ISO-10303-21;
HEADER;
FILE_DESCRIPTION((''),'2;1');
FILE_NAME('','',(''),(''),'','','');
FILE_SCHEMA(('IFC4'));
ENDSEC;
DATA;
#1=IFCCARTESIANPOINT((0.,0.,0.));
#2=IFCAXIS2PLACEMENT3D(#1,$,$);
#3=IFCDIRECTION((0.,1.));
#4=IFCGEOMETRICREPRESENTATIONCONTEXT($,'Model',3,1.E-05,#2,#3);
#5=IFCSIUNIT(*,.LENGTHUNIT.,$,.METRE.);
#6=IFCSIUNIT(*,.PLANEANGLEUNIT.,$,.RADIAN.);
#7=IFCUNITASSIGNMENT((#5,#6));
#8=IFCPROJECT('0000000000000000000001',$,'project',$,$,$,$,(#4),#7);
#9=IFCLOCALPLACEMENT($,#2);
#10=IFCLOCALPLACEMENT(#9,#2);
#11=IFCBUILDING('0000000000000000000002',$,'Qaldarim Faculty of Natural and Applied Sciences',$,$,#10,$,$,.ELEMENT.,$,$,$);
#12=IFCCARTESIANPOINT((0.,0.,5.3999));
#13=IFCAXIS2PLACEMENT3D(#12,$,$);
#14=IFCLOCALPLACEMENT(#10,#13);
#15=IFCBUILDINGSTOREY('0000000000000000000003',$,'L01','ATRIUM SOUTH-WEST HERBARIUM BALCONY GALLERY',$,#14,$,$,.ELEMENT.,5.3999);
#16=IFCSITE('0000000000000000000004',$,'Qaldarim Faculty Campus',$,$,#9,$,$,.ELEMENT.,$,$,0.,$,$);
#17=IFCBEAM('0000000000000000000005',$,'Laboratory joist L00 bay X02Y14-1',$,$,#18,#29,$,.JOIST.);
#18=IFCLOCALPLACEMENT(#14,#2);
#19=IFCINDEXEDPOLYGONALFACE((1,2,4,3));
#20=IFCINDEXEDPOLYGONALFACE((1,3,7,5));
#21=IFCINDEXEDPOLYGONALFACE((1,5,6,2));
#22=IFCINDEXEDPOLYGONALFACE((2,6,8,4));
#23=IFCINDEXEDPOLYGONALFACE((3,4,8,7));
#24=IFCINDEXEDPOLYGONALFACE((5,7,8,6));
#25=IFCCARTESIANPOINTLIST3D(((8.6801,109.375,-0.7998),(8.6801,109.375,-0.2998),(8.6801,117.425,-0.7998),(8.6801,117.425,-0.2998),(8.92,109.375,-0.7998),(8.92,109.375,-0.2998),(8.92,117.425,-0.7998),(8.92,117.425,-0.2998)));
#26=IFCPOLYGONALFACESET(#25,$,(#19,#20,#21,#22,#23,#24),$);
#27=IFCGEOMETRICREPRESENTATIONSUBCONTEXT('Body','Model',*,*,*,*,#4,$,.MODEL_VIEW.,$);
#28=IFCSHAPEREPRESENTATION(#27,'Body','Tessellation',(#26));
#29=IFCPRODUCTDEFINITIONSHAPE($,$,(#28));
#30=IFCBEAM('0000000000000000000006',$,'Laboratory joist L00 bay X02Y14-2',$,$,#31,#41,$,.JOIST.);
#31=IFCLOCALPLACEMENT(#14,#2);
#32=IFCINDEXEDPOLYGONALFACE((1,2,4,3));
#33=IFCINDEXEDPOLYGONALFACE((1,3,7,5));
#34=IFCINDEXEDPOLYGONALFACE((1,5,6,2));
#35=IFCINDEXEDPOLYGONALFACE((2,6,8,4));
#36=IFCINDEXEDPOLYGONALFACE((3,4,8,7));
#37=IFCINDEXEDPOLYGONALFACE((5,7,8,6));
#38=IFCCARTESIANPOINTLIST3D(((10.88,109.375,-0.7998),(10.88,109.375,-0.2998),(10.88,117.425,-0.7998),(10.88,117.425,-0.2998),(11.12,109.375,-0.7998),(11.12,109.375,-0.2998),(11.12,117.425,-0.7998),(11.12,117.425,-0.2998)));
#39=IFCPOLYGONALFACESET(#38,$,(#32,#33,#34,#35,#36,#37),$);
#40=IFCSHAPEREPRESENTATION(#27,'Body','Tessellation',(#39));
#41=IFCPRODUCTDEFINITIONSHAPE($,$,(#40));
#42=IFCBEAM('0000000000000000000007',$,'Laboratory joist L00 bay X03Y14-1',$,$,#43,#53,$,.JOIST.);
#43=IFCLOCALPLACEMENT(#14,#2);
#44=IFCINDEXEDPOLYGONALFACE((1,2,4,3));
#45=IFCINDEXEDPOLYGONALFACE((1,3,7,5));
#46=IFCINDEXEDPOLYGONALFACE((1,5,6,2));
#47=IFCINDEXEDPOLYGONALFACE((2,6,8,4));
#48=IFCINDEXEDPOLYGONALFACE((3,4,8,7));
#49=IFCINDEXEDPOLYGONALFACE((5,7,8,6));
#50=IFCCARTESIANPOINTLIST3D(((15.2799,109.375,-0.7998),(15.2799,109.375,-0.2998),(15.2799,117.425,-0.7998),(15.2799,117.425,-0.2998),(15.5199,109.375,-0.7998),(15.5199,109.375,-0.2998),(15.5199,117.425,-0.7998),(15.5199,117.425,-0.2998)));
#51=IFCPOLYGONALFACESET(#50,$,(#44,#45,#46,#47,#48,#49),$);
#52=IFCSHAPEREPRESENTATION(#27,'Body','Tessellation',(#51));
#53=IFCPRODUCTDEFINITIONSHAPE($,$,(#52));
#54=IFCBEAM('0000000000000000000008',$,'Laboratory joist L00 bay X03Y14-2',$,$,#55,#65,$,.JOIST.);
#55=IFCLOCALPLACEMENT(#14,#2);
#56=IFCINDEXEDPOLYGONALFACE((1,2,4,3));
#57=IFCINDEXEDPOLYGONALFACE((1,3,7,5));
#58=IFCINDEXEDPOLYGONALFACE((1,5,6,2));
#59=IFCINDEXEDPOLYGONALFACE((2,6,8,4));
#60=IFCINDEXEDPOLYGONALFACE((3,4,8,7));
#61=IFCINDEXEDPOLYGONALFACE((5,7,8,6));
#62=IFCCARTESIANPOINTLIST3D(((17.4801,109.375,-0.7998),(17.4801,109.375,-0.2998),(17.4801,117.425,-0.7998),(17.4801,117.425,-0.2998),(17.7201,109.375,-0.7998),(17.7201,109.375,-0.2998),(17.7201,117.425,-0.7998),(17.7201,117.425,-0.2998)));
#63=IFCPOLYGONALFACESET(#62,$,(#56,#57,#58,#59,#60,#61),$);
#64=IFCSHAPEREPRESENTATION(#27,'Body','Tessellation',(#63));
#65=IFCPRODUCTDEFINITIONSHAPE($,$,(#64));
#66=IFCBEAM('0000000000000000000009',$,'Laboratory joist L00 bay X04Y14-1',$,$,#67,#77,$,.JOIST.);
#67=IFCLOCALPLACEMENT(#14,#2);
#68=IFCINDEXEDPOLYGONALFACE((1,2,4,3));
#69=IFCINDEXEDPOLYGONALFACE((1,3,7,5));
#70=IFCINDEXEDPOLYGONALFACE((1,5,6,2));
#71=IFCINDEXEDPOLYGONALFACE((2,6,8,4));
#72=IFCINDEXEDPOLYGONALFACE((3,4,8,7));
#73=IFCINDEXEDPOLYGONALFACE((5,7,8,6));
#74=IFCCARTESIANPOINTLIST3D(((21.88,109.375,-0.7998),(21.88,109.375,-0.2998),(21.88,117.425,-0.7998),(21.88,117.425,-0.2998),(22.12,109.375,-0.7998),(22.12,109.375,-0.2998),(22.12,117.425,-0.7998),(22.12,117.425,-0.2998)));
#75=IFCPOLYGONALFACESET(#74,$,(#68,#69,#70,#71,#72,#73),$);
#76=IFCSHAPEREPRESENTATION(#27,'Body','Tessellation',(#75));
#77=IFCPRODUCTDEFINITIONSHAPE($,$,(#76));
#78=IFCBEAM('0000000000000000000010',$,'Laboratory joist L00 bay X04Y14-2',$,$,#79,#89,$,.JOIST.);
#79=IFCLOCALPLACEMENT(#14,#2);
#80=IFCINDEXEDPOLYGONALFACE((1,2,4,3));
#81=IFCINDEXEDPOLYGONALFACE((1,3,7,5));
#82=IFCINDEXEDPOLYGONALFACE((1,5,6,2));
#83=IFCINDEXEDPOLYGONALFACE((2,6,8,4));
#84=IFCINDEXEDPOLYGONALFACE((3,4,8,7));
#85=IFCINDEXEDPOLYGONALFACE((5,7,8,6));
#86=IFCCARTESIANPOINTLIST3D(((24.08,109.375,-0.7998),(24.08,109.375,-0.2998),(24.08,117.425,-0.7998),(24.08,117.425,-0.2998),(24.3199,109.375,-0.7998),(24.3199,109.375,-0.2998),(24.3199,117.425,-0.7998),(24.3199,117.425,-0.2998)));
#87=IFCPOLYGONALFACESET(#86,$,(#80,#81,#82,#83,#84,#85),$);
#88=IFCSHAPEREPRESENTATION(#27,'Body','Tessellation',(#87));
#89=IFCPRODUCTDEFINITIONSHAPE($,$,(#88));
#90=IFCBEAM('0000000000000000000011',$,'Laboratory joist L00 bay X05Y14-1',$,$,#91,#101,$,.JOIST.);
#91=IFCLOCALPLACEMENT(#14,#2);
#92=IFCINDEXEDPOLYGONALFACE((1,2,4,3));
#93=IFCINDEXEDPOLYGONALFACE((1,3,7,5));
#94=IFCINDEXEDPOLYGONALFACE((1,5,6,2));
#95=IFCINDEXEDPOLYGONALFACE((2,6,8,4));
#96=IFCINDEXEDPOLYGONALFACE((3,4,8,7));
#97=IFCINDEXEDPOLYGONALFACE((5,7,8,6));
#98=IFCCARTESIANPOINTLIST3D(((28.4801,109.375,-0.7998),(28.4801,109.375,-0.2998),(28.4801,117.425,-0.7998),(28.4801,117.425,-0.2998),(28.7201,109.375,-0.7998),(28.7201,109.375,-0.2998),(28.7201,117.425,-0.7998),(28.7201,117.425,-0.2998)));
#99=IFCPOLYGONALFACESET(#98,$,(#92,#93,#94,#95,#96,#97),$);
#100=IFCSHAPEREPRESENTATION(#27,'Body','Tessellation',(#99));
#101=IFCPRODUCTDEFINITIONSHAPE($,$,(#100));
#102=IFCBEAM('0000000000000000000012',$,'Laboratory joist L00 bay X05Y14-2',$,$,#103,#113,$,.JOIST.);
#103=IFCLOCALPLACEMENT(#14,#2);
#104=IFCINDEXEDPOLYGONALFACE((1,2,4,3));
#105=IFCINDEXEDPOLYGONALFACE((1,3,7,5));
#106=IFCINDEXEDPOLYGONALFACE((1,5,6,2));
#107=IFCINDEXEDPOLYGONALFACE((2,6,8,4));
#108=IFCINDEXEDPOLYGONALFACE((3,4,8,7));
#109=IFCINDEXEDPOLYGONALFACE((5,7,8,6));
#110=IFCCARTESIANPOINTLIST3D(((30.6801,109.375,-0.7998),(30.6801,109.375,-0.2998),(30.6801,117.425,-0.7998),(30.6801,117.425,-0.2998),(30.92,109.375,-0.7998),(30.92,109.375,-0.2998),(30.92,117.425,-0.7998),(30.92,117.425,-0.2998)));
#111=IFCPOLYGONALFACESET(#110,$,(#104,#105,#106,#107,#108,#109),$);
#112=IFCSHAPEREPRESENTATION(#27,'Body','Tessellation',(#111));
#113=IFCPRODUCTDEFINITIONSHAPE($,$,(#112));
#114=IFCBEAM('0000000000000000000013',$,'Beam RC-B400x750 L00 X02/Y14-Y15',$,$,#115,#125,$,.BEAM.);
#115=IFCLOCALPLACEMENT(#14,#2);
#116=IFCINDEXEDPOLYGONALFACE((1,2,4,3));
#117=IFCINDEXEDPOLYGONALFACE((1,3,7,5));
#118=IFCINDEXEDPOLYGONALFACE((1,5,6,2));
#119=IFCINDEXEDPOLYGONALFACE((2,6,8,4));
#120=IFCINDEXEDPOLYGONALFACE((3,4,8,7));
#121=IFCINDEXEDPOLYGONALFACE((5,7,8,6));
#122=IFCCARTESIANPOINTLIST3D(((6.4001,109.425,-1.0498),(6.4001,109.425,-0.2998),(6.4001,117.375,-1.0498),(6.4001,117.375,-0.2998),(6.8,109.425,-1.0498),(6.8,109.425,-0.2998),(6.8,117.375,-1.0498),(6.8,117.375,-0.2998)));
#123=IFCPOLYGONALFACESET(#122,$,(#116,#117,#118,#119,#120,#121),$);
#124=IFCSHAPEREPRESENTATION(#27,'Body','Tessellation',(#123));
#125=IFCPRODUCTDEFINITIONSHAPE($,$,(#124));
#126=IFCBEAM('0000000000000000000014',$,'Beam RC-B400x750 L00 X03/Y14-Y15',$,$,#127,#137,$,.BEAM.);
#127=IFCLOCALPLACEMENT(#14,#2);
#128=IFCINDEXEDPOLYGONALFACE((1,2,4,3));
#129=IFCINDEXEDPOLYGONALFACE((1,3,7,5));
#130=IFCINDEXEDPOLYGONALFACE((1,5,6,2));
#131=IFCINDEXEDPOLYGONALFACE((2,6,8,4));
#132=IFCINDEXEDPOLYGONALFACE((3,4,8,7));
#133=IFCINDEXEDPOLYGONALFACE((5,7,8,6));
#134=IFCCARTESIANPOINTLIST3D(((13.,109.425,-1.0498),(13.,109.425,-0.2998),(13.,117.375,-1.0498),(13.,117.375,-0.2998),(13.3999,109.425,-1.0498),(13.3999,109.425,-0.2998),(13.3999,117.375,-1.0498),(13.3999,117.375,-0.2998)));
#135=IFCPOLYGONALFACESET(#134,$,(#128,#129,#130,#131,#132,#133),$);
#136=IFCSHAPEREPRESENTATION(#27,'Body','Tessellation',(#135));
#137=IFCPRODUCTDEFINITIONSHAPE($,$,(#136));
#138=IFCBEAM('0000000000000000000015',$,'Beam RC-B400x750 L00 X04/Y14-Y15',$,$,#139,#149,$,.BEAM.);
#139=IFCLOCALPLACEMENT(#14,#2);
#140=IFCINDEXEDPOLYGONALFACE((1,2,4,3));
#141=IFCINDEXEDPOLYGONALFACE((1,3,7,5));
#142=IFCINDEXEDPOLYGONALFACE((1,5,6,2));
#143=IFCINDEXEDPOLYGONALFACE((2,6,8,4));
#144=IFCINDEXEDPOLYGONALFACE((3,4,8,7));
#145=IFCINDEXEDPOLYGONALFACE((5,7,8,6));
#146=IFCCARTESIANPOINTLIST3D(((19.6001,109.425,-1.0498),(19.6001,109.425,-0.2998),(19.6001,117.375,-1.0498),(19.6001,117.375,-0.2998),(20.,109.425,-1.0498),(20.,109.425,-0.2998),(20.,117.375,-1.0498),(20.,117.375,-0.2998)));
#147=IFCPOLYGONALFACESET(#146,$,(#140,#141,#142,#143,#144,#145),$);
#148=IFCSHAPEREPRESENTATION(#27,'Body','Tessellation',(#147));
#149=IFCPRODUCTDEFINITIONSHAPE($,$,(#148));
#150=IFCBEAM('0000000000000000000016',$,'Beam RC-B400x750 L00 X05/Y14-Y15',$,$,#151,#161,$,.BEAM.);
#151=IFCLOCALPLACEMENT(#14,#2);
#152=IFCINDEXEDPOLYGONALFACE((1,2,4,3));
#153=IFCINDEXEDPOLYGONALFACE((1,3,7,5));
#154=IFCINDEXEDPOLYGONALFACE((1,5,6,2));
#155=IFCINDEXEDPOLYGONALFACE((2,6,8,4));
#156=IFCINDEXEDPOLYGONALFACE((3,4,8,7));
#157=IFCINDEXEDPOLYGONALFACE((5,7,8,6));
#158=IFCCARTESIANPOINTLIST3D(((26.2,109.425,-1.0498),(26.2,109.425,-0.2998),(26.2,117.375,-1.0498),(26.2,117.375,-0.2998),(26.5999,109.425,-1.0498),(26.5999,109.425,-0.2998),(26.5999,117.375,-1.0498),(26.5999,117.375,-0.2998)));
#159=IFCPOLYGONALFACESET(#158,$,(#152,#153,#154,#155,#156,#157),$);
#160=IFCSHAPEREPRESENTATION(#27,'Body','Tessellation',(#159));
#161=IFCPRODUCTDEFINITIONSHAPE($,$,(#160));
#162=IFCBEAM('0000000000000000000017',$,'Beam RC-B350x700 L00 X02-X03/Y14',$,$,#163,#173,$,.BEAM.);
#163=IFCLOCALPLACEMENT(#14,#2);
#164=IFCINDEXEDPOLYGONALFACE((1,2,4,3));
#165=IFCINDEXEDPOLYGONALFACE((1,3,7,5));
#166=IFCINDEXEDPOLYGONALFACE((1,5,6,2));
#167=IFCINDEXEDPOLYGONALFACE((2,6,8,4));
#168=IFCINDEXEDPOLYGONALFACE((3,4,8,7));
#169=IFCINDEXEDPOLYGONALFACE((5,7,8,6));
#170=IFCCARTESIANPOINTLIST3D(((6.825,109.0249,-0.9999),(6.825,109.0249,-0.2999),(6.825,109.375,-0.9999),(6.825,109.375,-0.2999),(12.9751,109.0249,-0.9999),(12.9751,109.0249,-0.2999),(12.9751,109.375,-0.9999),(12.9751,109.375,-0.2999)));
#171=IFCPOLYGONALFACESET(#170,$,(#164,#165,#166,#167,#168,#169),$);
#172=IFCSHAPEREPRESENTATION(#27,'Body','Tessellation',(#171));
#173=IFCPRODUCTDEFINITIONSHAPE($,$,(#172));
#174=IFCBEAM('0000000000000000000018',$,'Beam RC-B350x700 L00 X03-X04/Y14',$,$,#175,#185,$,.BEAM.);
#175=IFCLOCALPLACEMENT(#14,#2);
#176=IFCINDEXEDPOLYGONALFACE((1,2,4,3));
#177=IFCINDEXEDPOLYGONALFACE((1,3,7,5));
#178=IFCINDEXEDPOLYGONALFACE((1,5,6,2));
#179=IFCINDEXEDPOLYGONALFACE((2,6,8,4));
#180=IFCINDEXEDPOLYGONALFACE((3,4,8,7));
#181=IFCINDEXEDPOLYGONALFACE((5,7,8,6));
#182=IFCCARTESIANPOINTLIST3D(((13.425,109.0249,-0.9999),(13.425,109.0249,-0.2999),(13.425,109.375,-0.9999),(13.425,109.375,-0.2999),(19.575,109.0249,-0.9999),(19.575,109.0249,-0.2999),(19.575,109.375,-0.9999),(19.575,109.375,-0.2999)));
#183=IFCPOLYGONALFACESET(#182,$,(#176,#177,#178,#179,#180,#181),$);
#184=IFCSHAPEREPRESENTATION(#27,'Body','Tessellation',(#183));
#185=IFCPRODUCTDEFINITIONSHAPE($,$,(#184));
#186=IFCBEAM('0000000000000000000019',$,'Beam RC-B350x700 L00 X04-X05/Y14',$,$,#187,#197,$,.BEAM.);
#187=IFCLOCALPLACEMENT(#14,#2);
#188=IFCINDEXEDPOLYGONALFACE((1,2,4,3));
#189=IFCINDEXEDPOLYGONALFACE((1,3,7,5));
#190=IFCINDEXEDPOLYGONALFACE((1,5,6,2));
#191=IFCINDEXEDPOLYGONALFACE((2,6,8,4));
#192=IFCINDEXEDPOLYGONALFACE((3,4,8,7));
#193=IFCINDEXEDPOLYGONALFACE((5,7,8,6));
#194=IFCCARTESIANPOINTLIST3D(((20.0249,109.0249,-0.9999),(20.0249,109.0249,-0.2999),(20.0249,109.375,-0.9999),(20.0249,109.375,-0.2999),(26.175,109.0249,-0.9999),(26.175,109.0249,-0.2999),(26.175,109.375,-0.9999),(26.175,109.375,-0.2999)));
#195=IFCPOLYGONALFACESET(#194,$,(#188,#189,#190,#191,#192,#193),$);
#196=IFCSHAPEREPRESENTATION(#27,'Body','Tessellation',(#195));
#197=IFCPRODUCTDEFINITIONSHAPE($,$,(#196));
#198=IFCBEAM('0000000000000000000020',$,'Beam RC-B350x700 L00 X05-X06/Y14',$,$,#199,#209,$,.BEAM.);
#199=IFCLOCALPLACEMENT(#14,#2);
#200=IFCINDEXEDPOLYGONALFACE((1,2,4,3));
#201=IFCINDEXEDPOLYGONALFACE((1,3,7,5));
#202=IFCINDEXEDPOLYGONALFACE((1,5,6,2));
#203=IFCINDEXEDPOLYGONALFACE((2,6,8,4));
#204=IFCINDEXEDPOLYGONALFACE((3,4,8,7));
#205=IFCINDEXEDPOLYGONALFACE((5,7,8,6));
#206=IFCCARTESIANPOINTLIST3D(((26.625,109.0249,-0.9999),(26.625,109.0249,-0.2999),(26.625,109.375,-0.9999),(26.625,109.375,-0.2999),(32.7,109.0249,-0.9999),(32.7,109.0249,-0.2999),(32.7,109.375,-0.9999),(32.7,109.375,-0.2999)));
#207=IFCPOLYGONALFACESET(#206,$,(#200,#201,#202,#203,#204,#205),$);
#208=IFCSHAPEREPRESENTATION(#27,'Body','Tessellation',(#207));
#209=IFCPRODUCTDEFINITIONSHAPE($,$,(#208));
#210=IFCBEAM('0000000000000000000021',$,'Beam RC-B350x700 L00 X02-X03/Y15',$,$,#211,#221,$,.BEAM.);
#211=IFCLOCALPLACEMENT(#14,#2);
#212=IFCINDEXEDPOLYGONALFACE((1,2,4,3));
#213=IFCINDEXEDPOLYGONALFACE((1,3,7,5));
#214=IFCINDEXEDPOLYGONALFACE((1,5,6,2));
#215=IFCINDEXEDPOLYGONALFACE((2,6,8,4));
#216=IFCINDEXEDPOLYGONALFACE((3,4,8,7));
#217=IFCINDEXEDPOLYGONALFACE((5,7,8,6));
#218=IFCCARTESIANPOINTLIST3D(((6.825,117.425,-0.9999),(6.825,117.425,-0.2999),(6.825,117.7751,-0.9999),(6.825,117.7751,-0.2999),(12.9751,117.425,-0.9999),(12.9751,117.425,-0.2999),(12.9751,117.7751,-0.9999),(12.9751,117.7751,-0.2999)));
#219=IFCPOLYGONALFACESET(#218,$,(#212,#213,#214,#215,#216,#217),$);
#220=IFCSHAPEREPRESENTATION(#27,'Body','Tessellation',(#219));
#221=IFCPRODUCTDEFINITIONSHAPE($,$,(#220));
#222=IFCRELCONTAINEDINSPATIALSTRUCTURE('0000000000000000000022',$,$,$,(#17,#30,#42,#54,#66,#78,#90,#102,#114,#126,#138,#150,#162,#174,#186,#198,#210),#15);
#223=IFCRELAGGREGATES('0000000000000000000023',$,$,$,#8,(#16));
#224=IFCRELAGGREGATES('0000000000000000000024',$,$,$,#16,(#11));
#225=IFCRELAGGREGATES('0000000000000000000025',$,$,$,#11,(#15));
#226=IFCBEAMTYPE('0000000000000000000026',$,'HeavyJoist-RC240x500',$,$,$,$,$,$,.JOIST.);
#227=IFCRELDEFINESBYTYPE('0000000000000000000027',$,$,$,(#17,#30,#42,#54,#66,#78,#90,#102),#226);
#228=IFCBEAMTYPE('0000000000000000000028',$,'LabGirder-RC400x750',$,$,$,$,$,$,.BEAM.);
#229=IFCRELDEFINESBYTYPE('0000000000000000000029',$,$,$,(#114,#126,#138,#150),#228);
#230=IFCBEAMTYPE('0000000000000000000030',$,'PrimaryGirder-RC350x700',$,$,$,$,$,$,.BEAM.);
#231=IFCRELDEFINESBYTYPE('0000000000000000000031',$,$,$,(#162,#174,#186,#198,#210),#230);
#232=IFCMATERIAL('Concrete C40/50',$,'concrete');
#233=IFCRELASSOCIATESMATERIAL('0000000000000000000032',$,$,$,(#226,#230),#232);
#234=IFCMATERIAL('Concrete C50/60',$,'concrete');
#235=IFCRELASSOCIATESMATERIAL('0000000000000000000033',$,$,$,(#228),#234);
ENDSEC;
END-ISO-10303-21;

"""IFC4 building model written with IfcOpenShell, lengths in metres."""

from ifc_helpers import new_model, si_unit, direction, frame, origin, origin_2d, place, context, subcontext, project, spatial, rectangle, extrude, material, material_profile, profile_set, type_object, element, save


model = new_model("IFC4")

# Units and contexts
model_context = context("Model", 3, precision=1e-05, world=origin(), true_north=direction((0.0, 1.0)))
body_context = subcontext(model_context, "Body", "Model", "MODEL_VIEW")
ifc_project = project(units=[si_unit("LENGTHUNIT", "METRE"), si_unit("PLANEANGLEUNIT", "RADIAN")], contexts=[model_context])

# Site, building, storey
site_placement = place(None, origin())
site = spatial("IfcSite", under=ifc_project, at=site_placement, Name="Qaldarim Faculty Campus", CompositionType="ELEMENT", RefElevation=0.0)
building_placement = place(site_placement, origin())
building = spatial("IfcBuilding", under=site, at=building_placement, Name="Qaldarim Faculty of Natural and Applied Sciences", CompositionType="ELEMENT")
storey_placement = place(building_placement, frame((0.0, 0.0, 5.3999)))
storey = spatial("IfcBuildingStorey", under=building, at=storey_placement, Name="L01", Description="ATRIUM SOUTH-WEST HERBARIUM BALCONY GALLERY", CompositionType="ELEMENT", Elevation=5.3999)

# Beams
ifc_material_1 = material(Name="Concrete C40/50", Category="concrete")
ifc_material_profile_1 = material_profile(ifc_material_1, rectangle(XDim=0.24, YDim=0.5, at=origin_2d()), Name="RC-J240x500")
ifc_profile_set_1 = profile_set([ifc_material_profile_1], Name="Concrete C40/50")
beam_type_1 = type_object("IfcBeamType", Name="HeavyJoist-RC240x500", PredefinedType="JOIST", material=ifc_profile_set_1)
for number, where, z_axis, x_axis, name in (
    (1, (8.8, 109.375, -0.5498), (0.0, 1.0, 0.0), (-1.0, 0.0, 0.0), "Laboratory joist L00 bay X02Y14-1"),
    (2, (11.0, 109.375, -0.5498), (0.0, 1.0, 0.0), (-1.0, 0.0, 0.0), "Laboratory joist L00 bay X02Y14-2"),
    (3, (15.3999, 109.375, -0.5498), (0.0, 1.0, 0.0), (-1.0, 0.0, 0.0), "Laboratory joist L00 bay X03Y14-1"),
    (4, (17.6001, 109.375, -0.5498), (0.0, 1.0, 0.0), (-1.0, 0.0, 0.0), "Laboratory joist L00 bay X03Y14-2"),
    (5, (22.0, 109.375, -0.5498), (0.0, 1.0, 0.0), (-1.0, 0.0, 0.0), "Laboratory joist L00 bay X04Y14-1"),
    (6, (24.2, 109.375, -0.5498), (0.0, 1.0, 0.0), (-1.0, 0.0, 0.0), "Laboratory joist L00 bay X04Y14-2"),
    (7, (28.6001, 109.375, -0.5498), (0.0, 1.0, 0.0), (-1.0, 0.0, 0.0), "Laboratory joist L00 bay X05Y14-1"),
    (8, (30.8, 109.375, -0.5498), (0.0, 1.0, 0.0), (-1.0, 0.0, 0.0), "Laboratory joist L00 bay X05Y14-2"),
):
    element("IfcBeam", number, at=place(storey_placement, frame(where, z_axis=z_axis, x_axis=x_axis)), inside=storey, type_object=beam_type_1, Name=name, PredefinedType="JOIST", context=body_context, shape_type="SweptSolid", body=[
        extrude(rectangle(XDim=0.24, YDim=0.5, at=origin_2d()), origin(), (0.0, 0.0, 1.0), 8.05),
    ])
ifc_material_2 = material(Name="Concrete C50/60", Category="concrete")
ifc_material_profile_2 = material_profile(ifc_material_2, rectangle(XDim=0.3999, YDim=0.75, at=origin_2d()), Name="RC-B400x750")
ifc_profile_set_2 = profile_set([ifc_material_profile_2], Name="Concrete C50/60")
beam_type_2 = type_object("IfcBeamType", Name="LabGirder-RC400x750", PredefinedType="BEAM", material=ifc_profile_set_2)
for number, where, z_axis, x_axis, name in (
    (9, (6.6001, 109.425, -0.6748), (0.0, 1.0, 0.0), (-1.0, 0.0, 0.0), "Beam RC-B400x750 L00 X02/Y14-Y15"),
    (10, (13.2, 109.425, -0.6748), (0.0, 1.0, 0.0), (-1.0, 0.0, 0.0), "Beam RC-B400x750 L00 X03/Y14-Y15"),
    (11, (19.8, 109.425, -0.6748), (0.0, 1.0, 0.0), (-1.0, 0.0, 0.0), "Beam RC-B400x750 L00 X04/Y14-Y15"),
    (12, (26.3999, 109.425, -0.6748), (0.0, 1.0, 0.0), (-1.0, 0.0, 0.0), "Beam RC-B400x750 L00 X05/Y14-Y15"),
):
    element("IfcBeam", number, at=place(storey_placement, frame(where, z_axis=z_axis, x_axis=x_axis)), inside=storey, type_object=beam_type_2, Name=name, PredefinedType="BEAM", context=body_context, shape_type="SweptSolid", body=[
        extrude(rectangle(XDim=0.3999, YDim=0.75, at=origin_2d()), origin(), (0.0, 0.0, 1.0), 7.95),
    ])
ifc_material_profile_3 = material_profile(ifc_material_1, rectangle(XDim=0.3501, YDim=0.7, at=origin_2d()), Name="RC-B350x700")
ifc_profile_set_3 = profile_set([ifc_material_profile_3], Name="Concrete C40/50")
beam_type_3 = type_object("IfcBeamType", Name="PrimaryGirder-RC350x700", PredefinedType="BEAM", material=ifc_profile_set_3)
beam_1_placement = place(storey_placement, frame((6.825, 109.2, -0.6499), z_axis=(1.0, 0.0, 0.0), x_axis=(0.0, 1.0, 0.0)))
element("IfcBeam", 13, at=beam_1_placement, inside=storey, type_object=beam_type_3, Name="Beam RC-B350x700 L00 X02-X03/Y14", PredefinedType="BEAM", context=body_context, shape_type="SweptSolid", body=[
    extrude(rectangle(XDim=0.3501, YDim=0.7, at=origin_2d()), origin(), (0.0, 0.0, 1.0), 6.1501),
])
beam_2_placement = place(storey_placement, frame((13.425, 109.2, -0.6499), z_axis=(1.0, 0.0, 0.0), x_axis=(0.0, 1.0, 0.0)))
element("IfcBeam", 14, at=beam_2_placement, inside=storey, type_object=beam_type_3, Name="Beam RC-B350x700 L00 X03-X04/Y14", PredefinedType="BEAM", context=body_context, shape_type="SweptSolid", body=[
    extrude(rectangle(XDim=0.3501, YDim=0.7, at=origin_2d()), origin(), (0.0, 0.0, 1.0), 6.1499),
])
beam_3_placement = place(storey_placement, frame((20.0249, 109.2, -0.6499), z_axis=(1.0, 0.0, 0.0), x_axis=(0.0, 1.0, 0.0)))
element("IfcBeam", 15, at=beam_3_placement, inside=storey, type_object=beam_type_3, Name="Beam RC-B350x700 L00 X04-X05/Y14", PredefinedType="BEAM", context=body_context, shape_type="SweptSolid", body=[
    extrude(rectangle(XDim=0.3501, YDim=0.7, at=origin_2d()), origin(), (0.0, 0.0, 1.0), 6.1501),
])
beam_4_placement = place(storey_placement, frame((26.625, 109.2, -0.6499), z_axis=(1.0, 0.0, 0.0), x_axis=(0.0, 1.0, 0.0)))
element("IfcBeam", 16, at=beam_4_placement, inside=storey, type_object=beam_type_3, Name="Beam RC-B350x700 L00 X05-X06/Y14", PredefinedType="BEAM", context=body_context, shape_type="SweptSolid", body=[
    extrude(rectangle(XDim=0.3501, YDim=0.7, at=origin_2d()), origin(), (0.0, 0.0, 1.0), 6.075),
])
beam_5_placement = place(storey_placement, frame((6.825, 117.6001, -0.6499), z_axis=(1.0, 0.0, 0.0), x_axis=(0.0, 1.0, 0.0)))
element("IfcBeam", 17, at=beam_5_placement, inside=storey, type_object=beam_type_3, Name="Beam RC-B350x700 L00 X02-X03/Y15", PredefinedType="BEAM", context=body_context, shape_type="SweptSolid", body=[
    extrude(rectangle(XDim=0.3501, YDim=0.7, at=origin_2d()), origin(), (0.0, 0.0, 1.0), 6.1501),
])

save(model, "model.ifc")
